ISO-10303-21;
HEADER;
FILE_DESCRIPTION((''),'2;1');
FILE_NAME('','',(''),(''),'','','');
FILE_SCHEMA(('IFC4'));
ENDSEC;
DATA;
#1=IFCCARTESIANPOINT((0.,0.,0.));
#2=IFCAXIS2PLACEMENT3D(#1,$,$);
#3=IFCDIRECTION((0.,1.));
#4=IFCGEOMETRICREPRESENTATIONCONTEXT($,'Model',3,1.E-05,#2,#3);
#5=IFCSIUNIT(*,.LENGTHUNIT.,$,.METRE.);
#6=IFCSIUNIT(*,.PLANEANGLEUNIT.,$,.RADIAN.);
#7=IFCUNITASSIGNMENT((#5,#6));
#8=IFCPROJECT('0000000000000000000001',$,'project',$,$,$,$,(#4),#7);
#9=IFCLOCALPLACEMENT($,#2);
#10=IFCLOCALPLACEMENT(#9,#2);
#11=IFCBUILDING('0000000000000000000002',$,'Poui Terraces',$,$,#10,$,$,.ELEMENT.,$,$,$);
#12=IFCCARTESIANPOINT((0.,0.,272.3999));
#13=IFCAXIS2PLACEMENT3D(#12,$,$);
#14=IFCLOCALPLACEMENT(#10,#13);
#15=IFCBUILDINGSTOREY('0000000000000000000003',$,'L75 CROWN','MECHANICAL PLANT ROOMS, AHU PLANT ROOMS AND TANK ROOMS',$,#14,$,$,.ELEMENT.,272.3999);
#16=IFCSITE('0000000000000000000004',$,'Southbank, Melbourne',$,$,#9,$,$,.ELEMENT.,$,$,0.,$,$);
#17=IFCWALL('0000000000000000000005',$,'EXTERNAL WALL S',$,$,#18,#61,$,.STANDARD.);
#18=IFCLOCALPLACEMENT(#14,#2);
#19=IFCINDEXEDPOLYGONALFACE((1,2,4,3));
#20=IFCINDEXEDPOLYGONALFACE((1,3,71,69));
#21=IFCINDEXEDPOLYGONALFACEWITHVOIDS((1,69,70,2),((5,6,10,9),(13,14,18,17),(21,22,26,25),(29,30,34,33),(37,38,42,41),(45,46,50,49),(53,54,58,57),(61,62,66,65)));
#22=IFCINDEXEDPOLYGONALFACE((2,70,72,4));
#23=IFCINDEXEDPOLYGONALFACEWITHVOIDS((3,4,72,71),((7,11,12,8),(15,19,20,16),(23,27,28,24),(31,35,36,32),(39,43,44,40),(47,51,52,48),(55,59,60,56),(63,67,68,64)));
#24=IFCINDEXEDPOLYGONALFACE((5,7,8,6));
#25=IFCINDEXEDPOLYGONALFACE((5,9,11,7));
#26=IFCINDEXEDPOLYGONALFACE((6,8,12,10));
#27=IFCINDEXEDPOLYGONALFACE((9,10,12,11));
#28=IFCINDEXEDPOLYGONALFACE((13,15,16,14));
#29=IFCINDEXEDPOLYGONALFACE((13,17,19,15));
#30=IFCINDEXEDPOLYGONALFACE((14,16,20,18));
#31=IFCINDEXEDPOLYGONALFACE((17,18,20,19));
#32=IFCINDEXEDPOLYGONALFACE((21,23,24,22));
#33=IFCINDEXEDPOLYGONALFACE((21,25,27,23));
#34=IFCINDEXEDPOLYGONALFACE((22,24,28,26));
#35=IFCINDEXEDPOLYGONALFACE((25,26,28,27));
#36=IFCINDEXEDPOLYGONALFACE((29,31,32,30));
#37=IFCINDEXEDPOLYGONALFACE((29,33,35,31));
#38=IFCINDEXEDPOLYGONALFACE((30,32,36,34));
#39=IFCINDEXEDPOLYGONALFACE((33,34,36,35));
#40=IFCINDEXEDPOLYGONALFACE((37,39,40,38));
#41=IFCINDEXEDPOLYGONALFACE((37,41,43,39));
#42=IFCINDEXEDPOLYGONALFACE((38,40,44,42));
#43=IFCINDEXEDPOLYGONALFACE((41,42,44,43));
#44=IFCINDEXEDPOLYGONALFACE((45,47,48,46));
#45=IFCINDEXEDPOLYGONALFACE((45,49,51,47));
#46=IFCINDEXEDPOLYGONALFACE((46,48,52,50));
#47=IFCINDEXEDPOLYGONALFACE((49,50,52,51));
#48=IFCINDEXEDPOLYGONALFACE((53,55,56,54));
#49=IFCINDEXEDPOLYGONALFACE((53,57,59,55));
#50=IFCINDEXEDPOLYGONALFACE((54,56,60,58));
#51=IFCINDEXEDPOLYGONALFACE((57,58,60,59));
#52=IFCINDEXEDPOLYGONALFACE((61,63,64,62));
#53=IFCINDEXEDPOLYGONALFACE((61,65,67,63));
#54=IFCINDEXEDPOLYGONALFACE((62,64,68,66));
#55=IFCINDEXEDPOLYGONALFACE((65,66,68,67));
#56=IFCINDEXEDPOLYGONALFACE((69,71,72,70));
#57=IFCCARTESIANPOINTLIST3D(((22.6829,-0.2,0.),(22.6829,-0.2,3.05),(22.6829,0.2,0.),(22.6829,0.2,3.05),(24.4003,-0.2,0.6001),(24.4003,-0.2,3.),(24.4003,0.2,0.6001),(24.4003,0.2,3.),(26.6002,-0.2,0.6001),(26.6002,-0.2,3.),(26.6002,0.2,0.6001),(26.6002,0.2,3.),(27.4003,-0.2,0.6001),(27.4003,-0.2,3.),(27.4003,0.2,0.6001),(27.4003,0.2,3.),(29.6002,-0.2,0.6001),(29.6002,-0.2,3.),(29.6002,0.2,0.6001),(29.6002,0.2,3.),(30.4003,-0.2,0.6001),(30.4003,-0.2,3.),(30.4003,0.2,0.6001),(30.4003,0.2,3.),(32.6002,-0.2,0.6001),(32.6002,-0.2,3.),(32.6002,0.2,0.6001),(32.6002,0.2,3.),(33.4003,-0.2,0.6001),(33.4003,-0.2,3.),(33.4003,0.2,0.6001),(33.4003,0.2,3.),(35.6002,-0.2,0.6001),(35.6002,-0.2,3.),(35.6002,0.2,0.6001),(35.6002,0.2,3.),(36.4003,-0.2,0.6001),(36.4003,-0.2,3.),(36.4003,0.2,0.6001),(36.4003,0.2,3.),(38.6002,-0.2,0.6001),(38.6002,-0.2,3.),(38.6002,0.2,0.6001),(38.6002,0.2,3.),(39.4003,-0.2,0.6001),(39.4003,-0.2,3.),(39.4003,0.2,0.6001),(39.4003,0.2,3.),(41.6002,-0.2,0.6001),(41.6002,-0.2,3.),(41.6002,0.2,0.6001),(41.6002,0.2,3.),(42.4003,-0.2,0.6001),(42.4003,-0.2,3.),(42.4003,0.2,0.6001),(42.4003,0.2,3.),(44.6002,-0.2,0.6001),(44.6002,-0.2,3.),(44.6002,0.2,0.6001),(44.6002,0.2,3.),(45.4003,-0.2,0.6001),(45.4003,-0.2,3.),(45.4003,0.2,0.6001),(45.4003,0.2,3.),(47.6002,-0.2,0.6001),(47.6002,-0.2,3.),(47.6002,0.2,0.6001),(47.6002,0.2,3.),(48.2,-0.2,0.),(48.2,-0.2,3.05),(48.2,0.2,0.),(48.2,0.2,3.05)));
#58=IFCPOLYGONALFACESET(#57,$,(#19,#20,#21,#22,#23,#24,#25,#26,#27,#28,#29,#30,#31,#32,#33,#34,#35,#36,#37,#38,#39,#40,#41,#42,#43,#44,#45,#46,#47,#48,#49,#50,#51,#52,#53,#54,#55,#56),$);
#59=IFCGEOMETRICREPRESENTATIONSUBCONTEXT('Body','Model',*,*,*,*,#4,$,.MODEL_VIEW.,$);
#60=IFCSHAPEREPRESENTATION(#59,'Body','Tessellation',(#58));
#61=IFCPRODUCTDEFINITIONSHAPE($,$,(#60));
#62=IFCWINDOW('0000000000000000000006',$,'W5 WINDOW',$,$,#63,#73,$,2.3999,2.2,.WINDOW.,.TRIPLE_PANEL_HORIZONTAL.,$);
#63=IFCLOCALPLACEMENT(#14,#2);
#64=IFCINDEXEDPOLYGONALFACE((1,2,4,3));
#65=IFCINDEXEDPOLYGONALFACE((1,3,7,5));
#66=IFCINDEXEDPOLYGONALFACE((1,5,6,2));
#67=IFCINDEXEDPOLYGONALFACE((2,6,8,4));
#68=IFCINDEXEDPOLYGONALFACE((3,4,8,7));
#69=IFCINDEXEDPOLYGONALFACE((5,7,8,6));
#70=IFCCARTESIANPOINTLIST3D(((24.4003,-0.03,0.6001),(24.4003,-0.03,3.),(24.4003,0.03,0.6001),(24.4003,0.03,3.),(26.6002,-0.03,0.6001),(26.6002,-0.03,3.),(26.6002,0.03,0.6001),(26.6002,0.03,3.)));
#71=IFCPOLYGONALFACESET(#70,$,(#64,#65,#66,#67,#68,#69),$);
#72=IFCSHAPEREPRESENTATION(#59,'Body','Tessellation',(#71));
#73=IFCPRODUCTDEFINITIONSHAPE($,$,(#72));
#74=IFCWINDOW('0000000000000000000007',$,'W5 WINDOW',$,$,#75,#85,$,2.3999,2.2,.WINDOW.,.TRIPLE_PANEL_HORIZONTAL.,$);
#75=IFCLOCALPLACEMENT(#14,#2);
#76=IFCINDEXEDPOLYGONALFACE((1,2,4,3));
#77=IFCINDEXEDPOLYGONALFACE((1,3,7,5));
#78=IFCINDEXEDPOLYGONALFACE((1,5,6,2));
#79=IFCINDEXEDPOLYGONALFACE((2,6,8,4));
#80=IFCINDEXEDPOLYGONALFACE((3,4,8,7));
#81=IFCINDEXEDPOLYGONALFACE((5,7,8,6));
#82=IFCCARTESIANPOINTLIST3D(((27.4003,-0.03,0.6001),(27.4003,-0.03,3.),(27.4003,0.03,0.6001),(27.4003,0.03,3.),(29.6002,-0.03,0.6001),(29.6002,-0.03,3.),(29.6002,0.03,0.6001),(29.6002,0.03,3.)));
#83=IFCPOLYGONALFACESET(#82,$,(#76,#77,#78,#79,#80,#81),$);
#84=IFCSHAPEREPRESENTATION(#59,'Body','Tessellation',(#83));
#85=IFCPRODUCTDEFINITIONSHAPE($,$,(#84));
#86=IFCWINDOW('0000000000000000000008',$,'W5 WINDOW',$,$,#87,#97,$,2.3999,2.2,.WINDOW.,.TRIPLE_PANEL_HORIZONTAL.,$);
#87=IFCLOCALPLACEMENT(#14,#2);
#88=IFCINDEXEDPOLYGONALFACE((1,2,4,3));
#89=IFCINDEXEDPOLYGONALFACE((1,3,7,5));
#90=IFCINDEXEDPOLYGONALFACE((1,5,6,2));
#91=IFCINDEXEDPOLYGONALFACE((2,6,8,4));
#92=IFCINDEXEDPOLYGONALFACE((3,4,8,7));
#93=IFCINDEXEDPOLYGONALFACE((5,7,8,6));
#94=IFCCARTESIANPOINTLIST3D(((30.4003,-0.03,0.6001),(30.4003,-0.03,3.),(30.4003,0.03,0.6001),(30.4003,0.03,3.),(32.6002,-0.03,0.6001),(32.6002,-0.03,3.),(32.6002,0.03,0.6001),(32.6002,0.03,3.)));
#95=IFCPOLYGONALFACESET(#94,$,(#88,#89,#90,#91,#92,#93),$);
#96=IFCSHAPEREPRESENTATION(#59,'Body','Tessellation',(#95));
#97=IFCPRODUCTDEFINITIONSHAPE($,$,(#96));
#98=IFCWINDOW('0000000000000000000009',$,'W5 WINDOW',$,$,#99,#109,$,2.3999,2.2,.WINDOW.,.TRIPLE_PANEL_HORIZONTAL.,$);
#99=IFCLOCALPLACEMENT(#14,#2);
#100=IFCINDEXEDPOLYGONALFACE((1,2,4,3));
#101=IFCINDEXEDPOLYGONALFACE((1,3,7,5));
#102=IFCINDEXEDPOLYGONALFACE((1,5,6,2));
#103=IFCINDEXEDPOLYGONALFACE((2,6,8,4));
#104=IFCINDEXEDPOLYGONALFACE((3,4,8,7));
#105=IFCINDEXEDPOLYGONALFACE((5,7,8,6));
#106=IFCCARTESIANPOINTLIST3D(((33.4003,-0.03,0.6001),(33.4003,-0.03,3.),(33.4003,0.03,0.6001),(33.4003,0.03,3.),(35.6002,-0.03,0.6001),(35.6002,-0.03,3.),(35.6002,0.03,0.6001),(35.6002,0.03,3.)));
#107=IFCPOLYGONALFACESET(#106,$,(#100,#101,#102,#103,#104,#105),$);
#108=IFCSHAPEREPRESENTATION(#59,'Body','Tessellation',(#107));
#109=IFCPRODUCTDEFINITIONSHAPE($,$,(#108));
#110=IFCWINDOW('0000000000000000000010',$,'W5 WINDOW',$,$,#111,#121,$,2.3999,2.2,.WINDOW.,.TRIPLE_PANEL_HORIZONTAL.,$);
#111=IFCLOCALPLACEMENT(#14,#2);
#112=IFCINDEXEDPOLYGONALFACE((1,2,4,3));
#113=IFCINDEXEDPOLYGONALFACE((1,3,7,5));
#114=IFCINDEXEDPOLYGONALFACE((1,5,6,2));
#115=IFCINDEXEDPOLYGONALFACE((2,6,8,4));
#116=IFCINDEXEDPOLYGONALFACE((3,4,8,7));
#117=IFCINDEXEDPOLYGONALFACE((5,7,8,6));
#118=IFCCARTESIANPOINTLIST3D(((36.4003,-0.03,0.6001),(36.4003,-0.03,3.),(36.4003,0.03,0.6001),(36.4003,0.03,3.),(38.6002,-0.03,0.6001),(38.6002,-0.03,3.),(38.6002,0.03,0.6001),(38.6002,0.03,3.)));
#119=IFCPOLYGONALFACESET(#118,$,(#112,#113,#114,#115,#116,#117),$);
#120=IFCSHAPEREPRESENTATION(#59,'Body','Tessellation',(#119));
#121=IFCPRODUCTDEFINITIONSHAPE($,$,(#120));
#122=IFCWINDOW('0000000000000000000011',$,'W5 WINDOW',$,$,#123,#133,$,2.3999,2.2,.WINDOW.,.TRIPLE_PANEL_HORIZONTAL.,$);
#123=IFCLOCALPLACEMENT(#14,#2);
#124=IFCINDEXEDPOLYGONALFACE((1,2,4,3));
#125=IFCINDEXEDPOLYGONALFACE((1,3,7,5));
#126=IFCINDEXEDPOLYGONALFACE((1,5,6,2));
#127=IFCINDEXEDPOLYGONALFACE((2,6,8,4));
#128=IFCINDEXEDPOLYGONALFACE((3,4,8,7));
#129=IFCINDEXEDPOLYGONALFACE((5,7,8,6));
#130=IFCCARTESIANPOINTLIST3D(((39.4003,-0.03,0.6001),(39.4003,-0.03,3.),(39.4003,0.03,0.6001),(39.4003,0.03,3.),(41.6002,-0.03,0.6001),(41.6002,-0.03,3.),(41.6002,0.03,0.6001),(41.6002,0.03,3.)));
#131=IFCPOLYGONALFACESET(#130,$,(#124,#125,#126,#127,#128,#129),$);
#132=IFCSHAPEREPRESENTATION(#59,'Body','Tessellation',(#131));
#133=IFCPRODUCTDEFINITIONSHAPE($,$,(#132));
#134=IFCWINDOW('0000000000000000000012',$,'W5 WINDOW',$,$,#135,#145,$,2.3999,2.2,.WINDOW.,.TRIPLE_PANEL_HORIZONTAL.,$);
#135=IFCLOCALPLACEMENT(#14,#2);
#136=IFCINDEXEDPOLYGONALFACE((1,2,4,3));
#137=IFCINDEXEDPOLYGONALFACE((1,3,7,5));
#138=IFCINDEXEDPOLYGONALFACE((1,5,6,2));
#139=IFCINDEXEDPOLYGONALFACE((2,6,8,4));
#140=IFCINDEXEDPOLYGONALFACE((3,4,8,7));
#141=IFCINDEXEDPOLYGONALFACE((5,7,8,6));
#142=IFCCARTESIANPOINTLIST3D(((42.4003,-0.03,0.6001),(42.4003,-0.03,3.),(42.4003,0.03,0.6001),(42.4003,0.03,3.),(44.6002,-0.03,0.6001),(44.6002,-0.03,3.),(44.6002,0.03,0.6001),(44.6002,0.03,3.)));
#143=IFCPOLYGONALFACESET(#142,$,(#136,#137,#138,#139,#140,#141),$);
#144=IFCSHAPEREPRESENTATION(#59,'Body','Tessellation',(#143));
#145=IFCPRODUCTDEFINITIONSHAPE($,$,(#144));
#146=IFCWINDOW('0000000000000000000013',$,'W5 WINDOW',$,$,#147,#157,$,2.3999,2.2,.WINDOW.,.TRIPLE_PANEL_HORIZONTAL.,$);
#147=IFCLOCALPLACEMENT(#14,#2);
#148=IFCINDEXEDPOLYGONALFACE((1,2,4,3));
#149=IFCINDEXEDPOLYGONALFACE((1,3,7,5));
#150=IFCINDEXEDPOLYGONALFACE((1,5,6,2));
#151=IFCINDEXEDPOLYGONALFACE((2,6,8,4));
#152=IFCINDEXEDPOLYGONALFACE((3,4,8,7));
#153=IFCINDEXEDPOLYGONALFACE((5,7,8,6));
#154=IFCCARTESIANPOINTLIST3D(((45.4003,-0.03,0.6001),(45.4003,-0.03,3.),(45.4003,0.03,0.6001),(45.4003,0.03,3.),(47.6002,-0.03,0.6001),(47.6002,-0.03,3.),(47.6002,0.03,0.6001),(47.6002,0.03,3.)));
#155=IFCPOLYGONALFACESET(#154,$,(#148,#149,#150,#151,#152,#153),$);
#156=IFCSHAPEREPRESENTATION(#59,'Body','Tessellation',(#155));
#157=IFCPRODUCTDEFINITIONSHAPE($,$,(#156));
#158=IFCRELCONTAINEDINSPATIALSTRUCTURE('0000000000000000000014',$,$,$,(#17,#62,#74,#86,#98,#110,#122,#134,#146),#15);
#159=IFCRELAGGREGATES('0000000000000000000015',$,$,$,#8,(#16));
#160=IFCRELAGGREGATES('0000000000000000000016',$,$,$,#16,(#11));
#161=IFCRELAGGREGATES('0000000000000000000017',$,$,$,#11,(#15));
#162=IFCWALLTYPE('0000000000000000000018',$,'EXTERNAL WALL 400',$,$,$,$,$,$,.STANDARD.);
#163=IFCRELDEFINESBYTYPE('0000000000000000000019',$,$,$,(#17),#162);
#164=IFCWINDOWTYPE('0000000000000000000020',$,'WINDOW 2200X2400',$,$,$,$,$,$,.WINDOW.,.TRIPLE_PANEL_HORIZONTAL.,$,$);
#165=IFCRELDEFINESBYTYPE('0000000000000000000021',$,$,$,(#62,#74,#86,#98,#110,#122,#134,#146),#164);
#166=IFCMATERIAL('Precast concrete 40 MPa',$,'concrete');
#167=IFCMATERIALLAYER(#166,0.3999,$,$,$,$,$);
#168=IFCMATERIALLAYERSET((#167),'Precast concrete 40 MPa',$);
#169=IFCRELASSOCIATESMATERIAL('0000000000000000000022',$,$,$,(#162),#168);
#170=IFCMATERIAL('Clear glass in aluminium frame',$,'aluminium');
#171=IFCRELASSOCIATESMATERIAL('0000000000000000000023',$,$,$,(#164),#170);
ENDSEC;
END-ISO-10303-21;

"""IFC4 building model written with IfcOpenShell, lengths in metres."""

from ifc_helpers import new_model, si_unit, direction, frame, frame_2d, origin, place, context, subcontext, project, spatial, rectangle, extrude, material, layer, layer_set, type_object, element, fill, save


model = new_model("IFC4")

# Units and contexts
model_context = context("Model", 3, precision=1e-05, world=origin(), true_north=direction((0.0, 1.0)))
body_context = subcontext(model_context, "Body", "Model", "MODEL_VIEW")
ifc_project = project(units=[si_unit("LENGTHUNIT", "METRE"), si_unit("PLANEANGLEUNIT", "RADIAN")], contexts=[model_context])

# Site, building, storey
site_placement = place(None, origin())
site = spatial("IfcSite", under=ifc_project, at=site_placement, Name="Southbank, Melbourne", CompositionType="ELEMENT", RefElevation=0.0)
building_placement = place(site_placement, origin())
building = spatial("IfcBuilding", under=site, at=building_placement, Name="Poui Terraces", CompositionType="ELEMENT")
storey_placement = place(building_placement, frame((0.0, 0.0, 272.3999)))
storey = spatial("IfcBuildingStorey", under=building, at=storey_placement, Name="L75 CROWN", Description="MECHANICAL PLANT ROOMS, AHU PLANT ROOMS AND TANK ROOMS", CompositionType="ELEMENT", Elevation=272.3999)

# Wall, openings, windows
ifc_material_1 = material(Name="Precast concrete 40 MPa", Category="concrete")
ifc_layer_1 = layer(ifc_material_1, 0.3999)
ifc_layer_set_1 = layer_set([ifc_layer_1], Name="Precast concrete 40 MPa")
wall_type_1 = type_object("IfcWallType", Name="EXTERNAL WALL 400", PredefinedType="STANDARD", material=ifc_layer_set_1)
wall_1_placement = place(storey_placement, frame((22.6829, 0.0, 0.0), z_axis=(0.0, 0.0, 1.0), x_axis=(1.0, 0.0, 0.0)))
wall_1 = element("IfcWall", 1, at=wall_1_placement, inside=storey, type_object=wall_type_1, Name="EXTERNAL WALL S", PredefinedType="STANDARD", context=body_context, shape_type="SweptSolid", body=[
    extrude(rectangle(XDim=25.5171, YDim=0.3999, at=frame_2d((12.7585, 0.0))), origin(), (0.0, 0.0, 1.0), 3.05),
])
opening_1_placement = place(wall_1_placement, frame((1.7173, 0.0, 0.6001)))
opening_1 = element("IfcOpeningElement", 2, at=opening_1_placement, cuts=wall_1, PredefinedType="OPENING", context=body_context, shape_type="SweptSolid", body=[
    extrude(rectangle(XDim=2.2, YDim=2.3999, at=frame_2d((1.1001, 1.2))), frame((0.0, 0.21, 0.0), z_axis=(0.0, -1.0, 0.0), x_axis=(1.0, 0.0, 0.0)), (0.0, 0.0, 1.0), 0.4199),
])
opening_2_placement = place(wall_1_placement, frame((4.7173, 0.0, 0.6001)))
opening_2 = element("IfcOpeningElement", 3, at=opening_2_placement, cuts=wall_1, PredefinedType="OPENING", context=body_context, shape_type="SweptSolid", body=[
    extrude(rectangle(XDim=2.2, YDim=2.3999, at=frame_2d((1.1001, 1.2))), frame((0.0, 0.21, 0.0), z_axis=(0.0, -1.0, 0.0), x_axis=(1.0, 0.0, 0.0)), (0.0, 0.0, 1.0), 0.4199),
])
opening_3_placement = place(wall_1_placement, frame((7.7173, 0.0, 0.6001)))
opening_3 = element("IfcOpeningElement", 4, at=opening_3_placement, cuts=wall_1, PredefinedType="OPENING", context=body_context, shape_type="SweptSolid", body=[
    extrude(rectangle(XDim=2.2, YDim=2.3999, at=frame_2d((1.1001, 1.2))), frame((0.0, 0.21, 0.0), z_axis=(0.0, -1.0, 0.0), x_axis=(1.0, 0.0, 0.0)), (0.0, 0.0, 1.0), 0.4199),
])
opening_4_placement = place(wall_1_placement, frame((10.7173, 0.0, 0.6001)))
opening_4 = element("IfcOpeningElement", 5, at=opening_4_placement, cuts=wall_1, PredefinedType="OPENING", context=body_context, shape_type="SweptSolid", body=[
    extrude(rectangle(XDim=2.2, YDim=2.3999, at=frame_2d((1.1001, 1.2))), frame((0.0, 0.21, 0.0), z_axis=(0.0, -1.0, 0.0), x_axis=(1.0, 0.0, 0.0)), (0.0, 0.0, 1.0), 0.4199),
])
opening_5_placement = place(wall_1_placement, frame((13.7173, 0.0, 0.6001)))
opening_5 = element("IfcOpeningElement", 6, at=opening_5_placement, cuts=wall_1, PredefinedType="OPENING", context=body_context, shape_type="SweptSolid", body=[
    extrude(rectangle(XDim=2.2, YDim=2.3999, at=frame_2d((1.1001, 1.2))), frame((0.0, 0.21, 0.0), z_axis=(0.0, -1.0, 0.0), x_axis=(1.0, 0.0, 0.0)), (0.0, 0.0, 1.0), 0.4199),
])
opening_6_placement = place(wall_1_placement, frame((16.7173, 0.0, 0.6001)))
opening_6 = element("IfcOpeningElement", 7, at=opening_6_placement, cuts=wall_1, PredefinedType="OPENING", context=body_context, shape_type="SweptSolid", body=[
    extrude(rectangle(XDim=2.2, YDim=2.3999, at=frame_2d((1.1001, 1.2))), frame((0.0, 0.21, 0.0), z_axis=(0.0, -1.0, 0.0), x_axis=(1.0, 0.0, 0.0)), (0.0, 0.0, 1.0), 0.4199),
])
opening_7_placement = place(wall_1_placement, frame((19.7173, 0.0, 0.6001)))
opening_7 = element("IfcOpeningElement", 8, at=opening_7_placement, cuts=wall_1, PredefinedType="OPENING", context=body_context, shape_type="SweptSolid", body=[
    extrude(rectangle(XDim=2.2, YDim=2.3999, at=frame_2d((1.1001, 1.2))), frame((0.0, 0.21, 0.0), z_axis=(0.0, -1.0, 0.0), x_axis=(1.0, 0.0, 0.0)), (0.0, 0.0, 1.0), 0.4199),
])
opening_8_placement = place(wall_1_placement, frame((22.7173, 0.0, 0.6001)))
opening_8 = element("IfcOpeningElement", 9, at=opening_8_placement, cuts=wall_1, PredefinedType="OPENING", context=body_context, shape_type="SweptSolid", body=[
    extrude(rectangle(XDim=2.2, YDim=2.3999, at=frame_2d((1.1001, 1.2))), frame((0.0, 0.21, 0.0), z_axis=(0.0, -1.0, 0.0), x_axis=(1.0, 0.0, 0.0)), (0.0, 0.0, 1.0), 0.4199),
])
ifc_material_2 = material(Name="Clear glass in aluminium frame", Category="aluminium")
window_type = type_object("IfcWindowType", Name="WINDOW 2200X2400", PartitioningType="TRIPLE_PANEL_HORIZONTAL", PredefinedType="WINDOW", material=ifc_material_2)
window_1_placement = place(opening_1_placement, origin())
window_1 = element("IfcWindow", 10, at=window_1_placement, inside=storey, type_object=window_type, Name="W5 WINDOW", OverallHeight=2.3999, OverallWidth=2.2, PartitioningType="TRIPLE_PANEL_HORIZONTAL", PredefinedType="WINDOW", context=body_context, shape_type="SweptSolid", body=[
    extrude(rectangle(XDim=2.2, YDim=2.3999, at=frame_2d((1.1001, 1.2))), frame((0.0, 0.03, 0.0), z_axis=(0.0, -1.0, 0.0), x_axis=(1.0, 0.0, 0.0)), (0.0, 0.0, 1.0), 0.0601),
])
fill(opening_1, window_1)
window_2_placement = place(opening_2_placement, origin())
window_2 = element("IfcWindow", 11, at=window_2_placement, inside=storey, type_object=window_type, Name="W5 WINDOW", OverallHeight=2.3999, OverallWidth=2.2, PartitioningType="TRIPLE_PANEL_HORIZONTAL", PredefinedType="WINDOW", context=body_context, shape_type="SweptSolid", body=[
    extrude(rectangle(XDim=2.2, YDim=2.3999, at=frame_2d((1.1001, 1.2))), frame((0.0, 0.03, 0.0), z_axis=(0.0, -1.0, 0.0), x_axis=(1.0, 0.0, 0.0)), (0.0, 0.0, 1.0), 0.0601),
])
fill(opening_2, window_2)
window_3_placement = place(opening_3_placement, origin())
window_3 = element("IfcWindow", 12, at=window_3_placement, inside=storey, type_object=window_type, Name="W5 WINDOW", OverallHeight=2.3999, OverallWidth=2.2, PartitioningType="TRIPLE_PANEL_HORIZONTAL", PredefinedType="WINDOW", context=body_context, shape_type="SweptSolid", body=[
    extrude(rectangle(XDim=2.2, YDim=2.3999, at=frame_2d((1.1001, 1.2))), frame((0.0, 0.03, 0.0), z_axis=(0.0, -1.0, 0.0), x_axis=(1.0, 0.0, 0.0)), (0.0, 0.0, 1.0), 0.0601),
])
fill(opening_3, window_3)
window_4_placement = place(opening_4_placement, origin())
window_4 = element("IfcWindow", 13, at=window_4_placement, inside=storey, type_object=window_type, Name="W5 WINDOW", OverallHeight=2.3999, OverallWidth=2.2, PartitioningType="TRIPLE_PANEL_HORIZONTAL", PredefinedType="WINDOW", context=body_context, shape_type="SweptSolid", body=[
    extrude(rectangle(XDim=2.2, YDim=2.3999, at=frame_2d((1.1001, 1.2))), frame((0.0, 0.03, 0.0), z_axis=(0.0, -1.0, 0.0), x_axis=(1.0, 0.0, 0.0)), (0.0, 0.0, 1.0), 0.0601),
])
fill(opening_4, window_4)
window_5_placement = place(opening_5_placement, origin())
window_5 = element("IfcWindow", 14, at=window_5_placement, inside=storey, type_object=window_type, Name="W5 WINDOW", OverallHeight=2.3999, OverallWidth=2.2, PartitioningType="TRIPLE_PANEL_HORIZONTAL", PredefinedType="WINDOW", context=body_context, shape_type="SweptSolid", body=[
    extrude(rectangle(XDim=2.2, YDim=2.3999, at=frame_2d((1.1001, 1.2))), frame((0.0, 0.03, 0.0), z_axis=(0.0, -1.0, 0.0), x_axis=(1.0, 0.0, 0.0)), (0.0, 0.0, 1.0), 0.0601),
])
fill(opening_5, window_5)
window_6_placement = place(opening_6_placement, origin())
window_6 = element("IfcWindow", 15, at=window_6_placement, inside=storey, type_object=window_type, Name="W5 WINDOW", OverallHeight=2.3999, OverallWidth=2.2, PartitioningType="TRIPLE_PANEL_HORIZONTAL", PredefinedType="WINDOW", context=body_context, shape_type="SweptSolid", body=[
    extrude(rectangle(XDim=2.2, YDim=2.3999, at=frame_2d((1.1001, 1.2))), frame((0.0, 0.03, 0.0), z_axis=(0.0, -1.0, 0.0), x_axis=(1.0, 0.0, 0.0)), (0.0, 0.0, 1.0), 0.0601),
])
fill(opening_6, window_6)
window_7_placement = place(opening_7_placement, origin())
window_7 = element("IfcWindow", 16, at=window_7_placement, inside=storey, type_object=window_type, Name="W5 WINDOW", OverallHeight=2.3999, OverallWidth=2.2, PartitioningType="TRIPLE_PANEL_HORIZONTAL", PredefinedType="WINDOW", context=body_context, shape_type="SweptSolid", body=[
    extrude(rectangle(XDim=2.2, YDim=2.3999, at=frame_2d((1.1001, 1.2))), frame((0.0, 0.03, 0.0), z_axis=(0.0, -1.0, 0.0), x_axis=(1.0, 0.0, 0.0)), (0.0, 0.0, 1.0), 0.0601),
])
fill(opening_7, window_7)
window_8_placement = place(opening_8_placement, origin())
window_8 = element("IfcWindow", 17, at=window_8_placement, inside=storey, type_object=window_type, Name="W5 WINDOW", OverallHeight=2.3999, OverallWidth=2.2, PartitioningType="TRIPLE_PANEL_HORIZONTAL", PredefinedType="WINDOW", context=body_context, shape_type="SweptSolid", body=[
    extrude(rectangle(XDim=2.2, YDim=2.3999, at=frame_2d((1.1001, 1.2))), frame((0.0, 0.03, 0.0), z_axis=(0.0, -1.0, 0.0), x_axis=(1.0, 0.0, 0.0)), (0.0, 0.0, 1.0), 0.0601),
])
fill(opening_8, window_8)

save(model, "model.ifc")
